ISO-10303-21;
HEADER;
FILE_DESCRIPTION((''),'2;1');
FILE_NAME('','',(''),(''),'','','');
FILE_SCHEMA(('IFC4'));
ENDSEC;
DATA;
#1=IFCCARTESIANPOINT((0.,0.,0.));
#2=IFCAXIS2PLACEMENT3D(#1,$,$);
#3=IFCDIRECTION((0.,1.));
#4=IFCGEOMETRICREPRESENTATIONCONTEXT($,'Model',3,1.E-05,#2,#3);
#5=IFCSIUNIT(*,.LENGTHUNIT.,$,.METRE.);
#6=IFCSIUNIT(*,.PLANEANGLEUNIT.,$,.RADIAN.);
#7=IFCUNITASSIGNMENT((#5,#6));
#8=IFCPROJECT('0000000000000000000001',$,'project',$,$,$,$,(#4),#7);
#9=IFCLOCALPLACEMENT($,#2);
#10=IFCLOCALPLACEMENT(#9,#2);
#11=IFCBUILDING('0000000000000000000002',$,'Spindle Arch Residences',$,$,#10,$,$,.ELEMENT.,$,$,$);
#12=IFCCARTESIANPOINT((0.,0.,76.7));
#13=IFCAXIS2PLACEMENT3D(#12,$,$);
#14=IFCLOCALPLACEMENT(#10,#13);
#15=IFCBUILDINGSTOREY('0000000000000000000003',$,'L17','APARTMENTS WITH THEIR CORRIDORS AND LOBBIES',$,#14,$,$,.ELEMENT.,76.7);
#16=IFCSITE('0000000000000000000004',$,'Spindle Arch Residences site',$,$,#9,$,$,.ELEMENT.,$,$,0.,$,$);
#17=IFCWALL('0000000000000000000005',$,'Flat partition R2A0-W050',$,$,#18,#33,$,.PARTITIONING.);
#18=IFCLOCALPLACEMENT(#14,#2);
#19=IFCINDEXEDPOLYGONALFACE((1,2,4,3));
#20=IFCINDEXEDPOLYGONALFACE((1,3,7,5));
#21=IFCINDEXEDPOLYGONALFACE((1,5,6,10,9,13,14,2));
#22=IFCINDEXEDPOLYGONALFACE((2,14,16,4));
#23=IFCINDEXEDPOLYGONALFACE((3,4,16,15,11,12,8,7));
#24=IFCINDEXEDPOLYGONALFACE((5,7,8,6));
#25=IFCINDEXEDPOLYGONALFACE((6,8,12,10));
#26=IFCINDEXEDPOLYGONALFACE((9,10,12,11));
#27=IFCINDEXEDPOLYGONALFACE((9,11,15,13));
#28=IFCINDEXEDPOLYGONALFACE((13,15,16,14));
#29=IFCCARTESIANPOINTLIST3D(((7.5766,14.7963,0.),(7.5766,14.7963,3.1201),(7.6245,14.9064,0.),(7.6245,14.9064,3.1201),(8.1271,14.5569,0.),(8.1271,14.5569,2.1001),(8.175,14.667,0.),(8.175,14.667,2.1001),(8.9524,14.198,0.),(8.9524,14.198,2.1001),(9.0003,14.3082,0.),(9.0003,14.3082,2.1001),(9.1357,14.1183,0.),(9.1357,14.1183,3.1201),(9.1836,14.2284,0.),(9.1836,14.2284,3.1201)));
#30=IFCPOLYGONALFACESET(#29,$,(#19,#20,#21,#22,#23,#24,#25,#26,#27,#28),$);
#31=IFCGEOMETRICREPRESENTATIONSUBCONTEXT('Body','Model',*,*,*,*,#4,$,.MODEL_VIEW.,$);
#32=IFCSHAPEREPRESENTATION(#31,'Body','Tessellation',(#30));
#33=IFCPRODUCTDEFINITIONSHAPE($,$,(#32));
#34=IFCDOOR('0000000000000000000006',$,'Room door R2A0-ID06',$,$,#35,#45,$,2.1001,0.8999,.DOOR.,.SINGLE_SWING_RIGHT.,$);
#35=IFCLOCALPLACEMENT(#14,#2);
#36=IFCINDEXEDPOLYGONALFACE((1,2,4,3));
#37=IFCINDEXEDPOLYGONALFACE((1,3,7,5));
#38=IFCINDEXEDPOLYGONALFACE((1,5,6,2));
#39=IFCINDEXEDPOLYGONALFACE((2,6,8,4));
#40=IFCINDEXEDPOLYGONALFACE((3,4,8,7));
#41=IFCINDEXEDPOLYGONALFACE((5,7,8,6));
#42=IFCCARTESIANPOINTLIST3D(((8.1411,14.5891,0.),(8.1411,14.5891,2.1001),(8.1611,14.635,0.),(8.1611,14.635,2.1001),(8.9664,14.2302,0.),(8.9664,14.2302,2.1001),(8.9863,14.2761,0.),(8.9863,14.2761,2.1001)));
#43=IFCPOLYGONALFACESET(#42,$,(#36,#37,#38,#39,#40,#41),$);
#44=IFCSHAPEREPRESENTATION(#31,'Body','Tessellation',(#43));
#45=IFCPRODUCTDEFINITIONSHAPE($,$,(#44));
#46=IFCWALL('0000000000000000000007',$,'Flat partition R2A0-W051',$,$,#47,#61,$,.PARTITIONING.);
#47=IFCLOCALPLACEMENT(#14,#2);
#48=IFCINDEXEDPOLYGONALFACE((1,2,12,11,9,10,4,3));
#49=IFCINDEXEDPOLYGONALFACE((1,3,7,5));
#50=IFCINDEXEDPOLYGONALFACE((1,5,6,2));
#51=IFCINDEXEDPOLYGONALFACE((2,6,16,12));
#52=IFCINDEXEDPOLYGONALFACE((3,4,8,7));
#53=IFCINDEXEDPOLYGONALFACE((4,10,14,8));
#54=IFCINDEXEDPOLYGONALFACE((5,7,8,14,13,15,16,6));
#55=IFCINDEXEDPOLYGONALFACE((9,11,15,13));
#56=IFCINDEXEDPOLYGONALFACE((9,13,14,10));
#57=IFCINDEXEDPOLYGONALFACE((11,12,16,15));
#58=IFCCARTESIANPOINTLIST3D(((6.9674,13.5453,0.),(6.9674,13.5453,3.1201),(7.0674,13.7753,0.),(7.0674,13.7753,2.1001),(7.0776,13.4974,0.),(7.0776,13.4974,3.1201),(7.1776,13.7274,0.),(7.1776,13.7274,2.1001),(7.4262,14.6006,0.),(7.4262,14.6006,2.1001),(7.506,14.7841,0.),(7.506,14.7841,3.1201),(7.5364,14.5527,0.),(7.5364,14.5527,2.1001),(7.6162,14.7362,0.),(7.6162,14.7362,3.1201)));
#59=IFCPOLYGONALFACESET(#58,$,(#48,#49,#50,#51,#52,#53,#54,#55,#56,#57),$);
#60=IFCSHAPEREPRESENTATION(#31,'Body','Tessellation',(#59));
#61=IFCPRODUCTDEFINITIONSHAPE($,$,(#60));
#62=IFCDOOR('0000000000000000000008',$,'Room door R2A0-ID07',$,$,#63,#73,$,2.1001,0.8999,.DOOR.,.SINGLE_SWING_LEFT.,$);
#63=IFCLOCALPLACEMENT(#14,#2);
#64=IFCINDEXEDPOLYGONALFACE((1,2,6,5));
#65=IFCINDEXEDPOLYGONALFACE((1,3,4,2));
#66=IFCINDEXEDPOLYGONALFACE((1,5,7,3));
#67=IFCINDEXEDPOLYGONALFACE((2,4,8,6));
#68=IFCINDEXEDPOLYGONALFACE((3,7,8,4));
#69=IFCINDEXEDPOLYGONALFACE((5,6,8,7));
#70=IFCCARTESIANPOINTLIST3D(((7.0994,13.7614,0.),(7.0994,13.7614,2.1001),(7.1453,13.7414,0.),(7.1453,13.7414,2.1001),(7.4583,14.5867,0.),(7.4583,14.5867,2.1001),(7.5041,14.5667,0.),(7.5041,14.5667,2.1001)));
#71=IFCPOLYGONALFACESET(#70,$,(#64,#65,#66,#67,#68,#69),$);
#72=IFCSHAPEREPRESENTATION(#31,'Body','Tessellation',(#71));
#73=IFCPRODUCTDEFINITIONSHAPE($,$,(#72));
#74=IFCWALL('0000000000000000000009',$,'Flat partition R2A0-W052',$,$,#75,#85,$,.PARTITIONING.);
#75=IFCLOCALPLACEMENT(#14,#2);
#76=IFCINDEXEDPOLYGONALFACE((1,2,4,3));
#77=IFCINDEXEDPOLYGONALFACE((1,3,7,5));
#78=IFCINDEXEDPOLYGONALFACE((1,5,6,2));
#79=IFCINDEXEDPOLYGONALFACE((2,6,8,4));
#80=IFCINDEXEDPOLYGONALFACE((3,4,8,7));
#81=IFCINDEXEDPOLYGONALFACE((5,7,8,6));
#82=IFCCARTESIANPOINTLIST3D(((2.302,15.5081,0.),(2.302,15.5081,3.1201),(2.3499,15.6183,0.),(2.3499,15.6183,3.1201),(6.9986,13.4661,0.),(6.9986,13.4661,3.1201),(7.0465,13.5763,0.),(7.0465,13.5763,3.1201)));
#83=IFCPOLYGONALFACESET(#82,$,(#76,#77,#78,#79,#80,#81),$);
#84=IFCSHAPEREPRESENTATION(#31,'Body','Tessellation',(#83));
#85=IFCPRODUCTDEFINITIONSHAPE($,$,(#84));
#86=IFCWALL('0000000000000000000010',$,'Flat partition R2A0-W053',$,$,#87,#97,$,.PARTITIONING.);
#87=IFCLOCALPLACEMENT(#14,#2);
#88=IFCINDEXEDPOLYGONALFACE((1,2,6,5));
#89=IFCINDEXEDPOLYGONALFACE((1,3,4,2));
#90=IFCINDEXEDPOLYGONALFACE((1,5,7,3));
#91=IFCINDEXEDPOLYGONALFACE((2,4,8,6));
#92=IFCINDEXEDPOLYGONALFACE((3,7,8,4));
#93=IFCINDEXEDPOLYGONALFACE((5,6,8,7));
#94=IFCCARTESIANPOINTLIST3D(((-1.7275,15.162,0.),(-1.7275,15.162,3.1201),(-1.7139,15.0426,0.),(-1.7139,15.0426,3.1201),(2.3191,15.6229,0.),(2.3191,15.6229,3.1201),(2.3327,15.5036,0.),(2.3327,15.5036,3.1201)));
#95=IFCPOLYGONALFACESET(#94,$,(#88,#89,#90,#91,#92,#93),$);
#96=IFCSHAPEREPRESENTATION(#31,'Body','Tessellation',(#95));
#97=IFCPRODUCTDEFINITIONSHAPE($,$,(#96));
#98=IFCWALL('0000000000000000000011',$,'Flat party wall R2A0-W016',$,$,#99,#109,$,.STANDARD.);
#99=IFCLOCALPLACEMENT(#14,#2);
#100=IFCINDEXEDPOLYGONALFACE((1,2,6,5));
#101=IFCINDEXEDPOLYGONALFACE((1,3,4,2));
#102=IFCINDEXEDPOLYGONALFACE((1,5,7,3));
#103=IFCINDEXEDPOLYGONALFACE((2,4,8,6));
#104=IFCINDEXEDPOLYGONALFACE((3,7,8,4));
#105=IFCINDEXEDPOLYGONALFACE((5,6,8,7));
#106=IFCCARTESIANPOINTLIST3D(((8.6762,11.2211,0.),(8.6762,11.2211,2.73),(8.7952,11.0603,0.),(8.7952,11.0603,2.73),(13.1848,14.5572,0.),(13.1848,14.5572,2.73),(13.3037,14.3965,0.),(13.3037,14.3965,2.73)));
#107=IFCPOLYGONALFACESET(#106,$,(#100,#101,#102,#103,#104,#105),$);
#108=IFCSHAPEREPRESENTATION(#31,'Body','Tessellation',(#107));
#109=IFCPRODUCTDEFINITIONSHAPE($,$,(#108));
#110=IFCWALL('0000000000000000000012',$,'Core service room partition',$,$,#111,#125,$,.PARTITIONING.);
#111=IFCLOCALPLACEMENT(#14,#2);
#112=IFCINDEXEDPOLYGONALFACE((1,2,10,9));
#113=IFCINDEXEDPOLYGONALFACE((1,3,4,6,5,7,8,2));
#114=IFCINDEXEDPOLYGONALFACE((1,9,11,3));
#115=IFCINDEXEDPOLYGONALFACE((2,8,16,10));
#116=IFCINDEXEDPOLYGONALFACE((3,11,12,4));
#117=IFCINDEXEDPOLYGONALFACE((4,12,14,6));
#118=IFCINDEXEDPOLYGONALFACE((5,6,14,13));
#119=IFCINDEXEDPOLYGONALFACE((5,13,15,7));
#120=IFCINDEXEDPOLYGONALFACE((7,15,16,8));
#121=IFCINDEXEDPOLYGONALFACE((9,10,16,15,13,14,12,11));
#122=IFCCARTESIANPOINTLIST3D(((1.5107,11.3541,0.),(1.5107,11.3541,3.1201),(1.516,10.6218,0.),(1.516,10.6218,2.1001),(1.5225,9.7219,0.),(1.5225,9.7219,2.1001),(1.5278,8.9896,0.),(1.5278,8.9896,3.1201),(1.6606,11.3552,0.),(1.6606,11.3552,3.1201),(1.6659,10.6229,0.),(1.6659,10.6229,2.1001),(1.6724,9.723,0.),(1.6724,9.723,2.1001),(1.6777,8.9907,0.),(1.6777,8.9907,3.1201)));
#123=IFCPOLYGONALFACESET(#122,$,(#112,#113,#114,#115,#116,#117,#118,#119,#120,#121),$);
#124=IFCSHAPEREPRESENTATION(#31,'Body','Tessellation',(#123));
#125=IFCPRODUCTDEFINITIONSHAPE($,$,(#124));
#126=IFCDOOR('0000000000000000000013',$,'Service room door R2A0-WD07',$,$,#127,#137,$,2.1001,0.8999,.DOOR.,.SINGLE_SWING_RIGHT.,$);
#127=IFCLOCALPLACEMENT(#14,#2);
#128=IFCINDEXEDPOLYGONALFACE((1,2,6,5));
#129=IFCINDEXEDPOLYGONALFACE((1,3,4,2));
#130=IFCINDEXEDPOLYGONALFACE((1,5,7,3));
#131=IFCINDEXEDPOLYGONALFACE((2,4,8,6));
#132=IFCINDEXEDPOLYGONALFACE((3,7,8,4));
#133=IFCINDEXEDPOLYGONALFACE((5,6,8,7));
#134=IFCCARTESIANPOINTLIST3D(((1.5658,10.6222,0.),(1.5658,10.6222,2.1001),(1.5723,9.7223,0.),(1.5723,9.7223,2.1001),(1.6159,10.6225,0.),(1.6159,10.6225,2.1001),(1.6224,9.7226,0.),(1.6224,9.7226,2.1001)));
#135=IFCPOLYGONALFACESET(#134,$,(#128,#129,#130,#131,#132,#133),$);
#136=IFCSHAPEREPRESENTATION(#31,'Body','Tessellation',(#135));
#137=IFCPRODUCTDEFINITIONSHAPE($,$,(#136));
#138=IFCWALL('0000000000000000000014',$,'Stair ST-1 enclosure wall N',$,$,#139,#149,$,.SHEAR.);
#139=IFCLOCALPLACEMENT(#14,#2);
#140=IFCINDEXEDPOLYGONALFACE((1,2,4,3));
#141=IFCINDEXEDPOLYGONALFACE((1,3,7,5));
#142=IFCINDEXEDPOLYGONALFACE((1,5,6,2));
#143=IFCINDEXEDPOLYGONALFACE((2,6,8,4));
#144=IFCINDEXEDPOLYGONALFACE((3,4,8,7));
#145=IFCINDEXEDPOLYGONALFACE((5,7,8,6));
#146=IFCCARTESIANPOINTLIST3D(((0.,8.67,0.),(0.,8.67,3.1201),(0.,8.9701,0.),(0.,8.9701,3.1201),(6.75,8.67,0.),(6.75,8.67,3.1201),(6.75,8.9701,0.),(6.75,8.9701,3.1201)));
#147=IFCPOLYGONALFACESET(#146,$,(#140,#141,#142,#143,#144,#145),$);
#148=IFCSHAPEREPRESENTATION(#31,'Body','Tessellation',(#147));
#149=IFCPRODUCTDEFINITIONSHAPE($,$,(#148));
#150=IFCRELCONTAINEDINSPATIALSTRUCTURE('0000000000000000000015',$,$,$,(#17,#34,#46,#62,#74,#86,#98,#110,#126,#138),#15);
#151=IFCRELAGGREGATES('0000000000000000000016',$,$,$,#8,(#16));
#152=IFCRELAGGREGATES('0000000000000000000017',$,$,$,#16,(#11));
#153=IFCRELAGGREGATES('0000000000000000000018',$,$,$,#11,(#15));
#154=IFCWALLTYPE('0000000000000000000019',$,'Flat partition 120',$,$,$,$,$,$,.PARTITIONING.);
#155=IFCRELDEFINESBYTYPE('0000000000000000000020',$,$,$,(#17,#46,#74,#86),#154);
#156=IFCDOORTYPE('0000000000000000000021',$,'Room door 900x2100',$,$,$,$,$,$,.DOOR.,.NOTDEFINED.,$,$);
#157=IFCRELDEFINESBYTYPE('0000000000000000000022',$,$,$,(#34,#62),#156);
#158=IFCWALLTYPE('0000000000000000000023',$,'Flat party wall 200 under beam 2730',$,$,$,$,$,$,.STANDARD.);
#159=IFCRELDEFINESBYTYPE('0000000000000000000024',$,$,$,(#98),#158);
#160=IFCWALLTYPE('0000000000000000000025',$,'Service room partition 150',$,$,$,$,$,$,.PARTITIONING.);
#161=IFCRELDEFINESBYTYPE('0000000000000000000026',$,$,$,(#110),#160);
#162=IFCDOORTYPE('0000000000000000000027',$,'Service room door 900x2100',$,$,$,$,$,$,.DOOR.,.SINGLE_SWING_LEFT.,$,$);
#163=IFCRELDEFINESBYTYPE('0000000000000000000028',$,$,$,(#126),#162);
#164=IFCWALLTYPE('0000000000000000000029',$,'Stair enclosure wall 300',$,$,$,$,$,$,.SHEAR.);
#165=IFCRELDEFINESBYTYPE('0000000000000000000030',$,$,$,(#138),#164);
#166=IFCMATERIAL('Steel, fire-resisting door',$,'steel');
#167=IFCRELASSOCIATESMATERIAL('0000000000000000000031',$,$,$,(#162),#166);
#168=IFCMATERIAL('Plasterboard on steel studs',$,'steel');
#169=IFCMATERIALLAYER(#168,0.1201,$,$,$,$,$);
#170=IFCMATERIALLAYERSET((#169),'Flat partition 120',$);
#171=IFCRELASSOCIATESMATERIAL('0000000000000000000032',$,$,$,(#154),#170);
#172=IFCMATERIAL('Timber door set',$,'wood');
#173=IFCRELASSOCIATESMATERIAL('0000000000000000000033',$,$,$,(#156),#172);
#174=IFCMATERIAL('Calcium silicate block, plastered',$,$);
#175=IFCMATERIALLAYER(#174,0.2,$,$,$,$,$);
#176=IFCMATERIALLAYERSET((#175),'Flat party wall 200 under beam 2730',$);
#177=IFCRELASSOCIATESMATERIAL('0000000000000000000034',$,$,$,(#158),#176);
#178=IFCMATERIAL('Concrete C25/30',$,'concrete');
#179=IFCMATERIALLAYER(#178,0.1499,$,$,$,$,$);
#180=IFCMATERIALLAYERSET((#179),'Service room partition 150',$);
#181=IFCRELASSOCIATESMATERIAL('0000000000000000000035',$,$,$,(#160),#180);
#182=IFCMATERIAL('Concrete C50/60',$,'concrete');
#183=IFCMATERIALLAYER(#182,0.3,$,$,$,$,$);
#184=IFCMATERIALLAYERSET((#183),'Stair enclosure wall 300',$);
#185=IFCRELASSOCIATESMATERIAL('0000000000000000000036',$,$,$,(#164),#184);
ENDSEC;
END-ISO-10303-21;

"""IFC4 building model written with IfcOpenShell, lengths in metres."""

from ifc_helpers import new_model, si_unit, direction, frame, frame_2d, origin, place, context, subcontext, project, spatial, rectangle, extrude, material, layer, layer_set, type_object, element, fill, save


model = new_model("IFC4")

# Units and contexts
model_context = context("Model", 3, precision=1e-05, world=origin(), true_north=direction((0.0, 1.0)))
body_context = subcontext(model_context, "Body", "Model", "MODEL_VIEW")
ifc_project = project(units=[si_unit("LENGTHUNIT", "METRE"), si_unit("PLANEANGLEUNIT", "RADIAN")], contexts=[model_context])

# Site, building, storey
site_placement = place(None, origin())
site = spatial("IfcSite", under=ifc_project, at=site_placement, Name="Spindle Arch Residences site", CompositionType="ELEMENT", RefElevation=0.0)
building_placement = place(site_placement, origin())
building = spatial("IfcBuilding", under=site, at=building_placement, Name="Spindle Arch Residences", CompositionType="ELEMENT")
storey_placement = place(building_placement, frame((0.0, 0.0, 76.7)))
storey = spatial("IfcBuildingStorey", under=building, at=storey_placement, Name="L17", Description="APARTMENTS WITH THEIR CORRIDORS AND LOBBIES", CompositionType="ELEMENT", Elevation=76.7)

# Shared definitions
ifc_material_1 = material(Name="Steel, fire-resisting door", Category="steel")
door_type_1 = type_object("IfcDoorType", Name="Service room door 900x2100", OperationType="SINGLE_SWING_LEFT", PredefinedType="DOOR", material=ifc_material_1)

# Shared definitions
ifc_material_2 = material(Name="Plasterboard on steel studs", Category="steel")
ifc_layer_1 = layer(ifc_material_2, 0.1201)
ifc_layer_set_1 = layer_set([ifc_layer_1], Name="Flat partition 120")
wall_type_1 = type_object("IfcWallType", Name="Flat partition 120", PredefinedType="PARTITIONING", material=ifc_layer_set_1)

# Walls, openings, doors
wall_1_placement = place(storey_placement, frame((9.1597, 14.1733, 0.0), z_axis=(0.0, 0.0, 1.0), x_axis=(-0.917045, 0.398784, 0.0)))
wall_1 = element("IfcWall", 1, at=wall_1_placement, inside=storey, type_object=wall_type_1, Name="Flat partition R2A0-W050", PredefinedType="PARTITIONING", context=body_context, shape_type="SweptSolid", body=[
    extrude(rectangle(XDim=1.7002, YDim=0.1201, at=frame_2d((0.8501, 0.0))), origin(), (0.0, 0.0, 1.0), 3.1201),
])
opening_1_placement = place(wall_1_placement, frame((0.2, 0.0, 0.0)))
opening_1 = element("IfcOpeningElement", 2, at=opening_1_placement, cuts=wall_1, PredefinedType="OPENING", context=body_context, shape_type="SweptSolid", body=[
    extrude(rectangle(XDim=0.8999, YDim=2.1001, at=frame_2d((0.45, 1.05))), frame((0.0, 0.0701, 0.0), z_axis=(0.0, -1.0, 0.0), x_axis=(1.0, 0.0, 0.0)), (0.0, 0.0, 1.0), 0.1401),
])
ifc_material_3 = material(Name="Timber door set", Category="wood")
door_type_2 = type_object("IfcDoorType", Name="Room door 900x2100", OperationType="NOTDEFINED", PredefinedType="DOOR", material=ifc_material_3)
door_1_placement = place(opening_1_placement, origin())
door_1 = element("IfcDoor", 3, at=door_1_placement, inside=storey, type_object=door_type_2, Name="Room door R2A0-ID06", OperationType="SINGLE_SWING_RIGHT", OverallHeight=2.1001, OverallWidth=0.8999, PredefinedType="DOOR", context=body_context, shape_type="SweptSolid", body=[
    extrude(rectangle(XDim=0.8999, YDim=2.1001, at=frame_2d((0.45, 1.05))), frame((0.0, 0.0249, 0.0), z_axis=(0.0, -1.0, 0.0), x_axis=(1.0, 0.0, 0.0)), (0.0, 0.0, 1.0), 0.05),
])
fill(opening_1, door_1)
wall_2_placement = place(storey_placement, frame((7.561, 14.76, 0.0), z_axis=(0.0, 0.0, 1.0), x_axis=(-0.398713, -0.917076, 0.0)))
wall_2 = element("IfcWall", 4, at=wall_2_placement, inside=storey, type_object=wall_type_1, Name="Flat partition R2A0-W051", PredefinedType="PARTITIONING", context=body_context, shape_type="SweptSolid", body=[
    extrude(rectangle(XDim=1.3508, YDim=0.1201, at=frame_2d((0.6753, 0.0))), origin(), (0.0, 0.0, 1.0), 3.1201),
])
opening_2_placement = place(wall_2_placement, frame((0.2, 0.0, 0.0)))
opening_2 = element("IfcOpeningElement", 5, at=opening_2_placement, cuts=wall_2, PredefinedType="OPENING", context=body_context, shape_type="SweptSolid", body=[
    extrude(rectangle(XDim=0.8999, YDim=2.1001, at=frame_2d((0.45, 1.05))), frame((0.0, 0.0701, 0.0), z_axis=(0.0, -1.0, 0.0), x_axis=(1.0, 0.0, 0.0)), (0.0, 0.0, 1.0), 0.1401),
])
door_2_placement = place(opening_2_placement, origin())
door_2 = element("IfcDoor", 6, at=door_2_placement, inside=storey, type_object=door_type_2, Name="Room door R2A0-ID07", OperationType="SINGLE_SWING_LEFT", OverallHeight=2.1001, OverallWidth=0.8999, PredefinedType="DOOR", context=body_context, shape_type="SweptSolid", body=[
    extrude(rectangle(XDim=0.8999, YDim=2.1001, at=frame_2d((0.45, 1.05))), frame((0.0, 0.0249, 0.0), z_axis=(0.0, -1.0, 0.0), x_axis=(1.0, 0.0, 0.0)), (0.0, 0.0, 1.0), 0.05),
])
fill(opening_2, door_2)

# Walls
wall_3_placement = place(storey_placement, frame((7.0225, 13.5212, 0.0), z_axis=(0.0, 0.0, 1.0), x_axis=(-0.917069, 0.39873, 0.0)))
element("IfcWall", 7, at=wall_3_placement, inside=storey, type_object=wall_type_1, Name="Flat partition R2A0-W052", PredefinedType="PARTITIONING", context=body_context, shape_type="SweptSolid", body=[
    extrude(rectangle(XDim=5.1213, YDim=0.1201, at=frame_2d((2.5605, 0.0))), origin(), (0.0, 0.0, 1.0), 3.1201),
])
wall_4_placement = place(storey_placement, frame((2.3259, 15.5632, 0.0), z_axis=(0.0, 0.0, 1.0), x_axis=(-0.993575, -0.113175, 0.0)))
element("IfcWall", 8, at=wall_4_placement, inside=storey, type_object=wall_type_1, Name="Flat partition R2A0-W053", PredefinedType="PARTITIONING", context=body_context, shape_type="SweptSolid", body=[
    extrude(rectangle(XDim=4.0728, YDim=0.1201, at=frame_2d((2.0364, 0.0))), origin(), (0.0, 0.0, 1.0), 3.1201),
])
ifc_material_4 = material(Name="Calcium silicate block, plastered")
ifc_layer_2 = layer(ifc_material_4, 0.2)
ifc_layer_set_2 = layer_set([ifc_layer_2], Name="Flat party wall 200 under beam 2730")
wall_type_2 = type_object("IfcWallType", Name="Flat party wall 200 under beam 2730", PredefinedType="STANDARD", material=ifc_layer_set_2)
wall_5_placement = place(storey_placement, frame((13.2441, 14.4768, 0.0), z_axis=(0.0, 0.0, 1.0), x_axis=(-0.803854, -0.594827, 0.0)))
element("IfcWall", 9, at=wall_5_placement, inside=storey, type_object=wall_type_2, Name="Flat party wall R2A0-W016", PredefinedType="STANDARD", context=body_context, shape_type="SweptSolid", body=[
    extrude(rectangle(XDim=5.6086, YDim=0.2, at=frame_2d((2.8042, 0.0))), origin(), (0.0, 0.0, 1.0), 2.73),
])

# Wall, opening, door
ifc_material_5 = material(Name="Concrete C25/30", Category="concrete")
ifc_layer_3 = layer(ifc_material_5, 0.1499)
ifc_layer_set_3 = layer_set([ifc_layer_3], Name="Service room partition 150")
wall_type_3 = type_object("IfcWallType", Name="Service room partition 150", PredefinedType="PARTITIONING", material=ifc_layer_set_3)
wall_6_placement = place(storey_placement, frame((1.5857, 11.3545, 0.0), z_axis=(0.0, 0.0, 1.0), x_axis=(0.007227, -0.999974, 0.0)))
wall_6 = element("IfcWall", 10, at=wall_6_placement, inside=storey, type_object=wall_type_3, Name="Core service room partition", PredefinedType="PARTITIONING", context=body_context, shape_type="SweptSolid", body=[
    extrude(rectangle(XDim=2.3645, YDim=0.1499, at=frame_2d((1.1821, 0.0))), origin(), (0.0, 0.0, 1.0), 3.1201),
])
opening_3_placement = place(wall_6_placement, frame((0.7322, 0.0, 0.0)))
opening_3 = element("IfcOpeningElement", 11, at=opening_3_placement, cuts=wall_6, PredefinedType="OPENING", context=body_context, shape_type="SweptSolid", body=[
    extrude(rectangle(XDim=0.8999, YDim=2.1001, at=frame_2d((0.45, 1.05))), frame((0.0, 0.085, 0.0), z_axis=(0.0, -1.0, 0.0), x_axis=(1.0, 0.0, 0.0)), (0.0, 0.0, 1.0), 0.1699),
])
door_3_placement = place(opening_3_placement, origin())
door_3 = element("IfcDoor", 12, at=door_3_placement, inside=storey, type_object=door_type_1, Name="Service room door R2A0-WD07", OperationType="SINGLE_SWING_RIGHT", OverallHeight=2.1001, OverallWidth=0.8999, PredefinedType="DOOR", context=body_context, shape_type="SweptSolid", body=[
    extrude(rectangle(XDim=0.8999, YDim=2.1001, at=frame_2d((0.45, 1.05))), frame((0.0, 0.0249, 0.0), z_axis=(0.0, -1.0, 0.0), x_axis=(1.0, 0.0, 0.0)), (0.0, 0.0, 1.0), 0.05),
])
fill(opening_3, door_3)

# Wall
ifc_material_6 = material(Name="Concrete C50/60", Category="concrete")
ifc_layer_4 = layer(ifc_material_6, 0.3)
ifc_layer_set_4 = layer_set([ifc_layer_4], Name="Stair enclosure wall 300")
wall_type_4 = type_object("IfcWallType", Name="Stair enclosure wall 300", PredefinedType="SHEAR", material=ifc_layer_set_4)
wall_7_placement = place(storey_placement, frame((0.0, 8.8201, 0.0), z_axis=(0.0, 0.0, 1.0), x_axis=(1.0, 0.0, 0.0)))
element("IfcWall", 13, at=wall_7_placement, inside=storey, type_object=wall_type_4, Name="Stair ST-1 enclosure wall N", PredefinedType="SHEAR", context=body_context, shape_type="SweptSolid", body=[
    extrude(rectangle(XDim=6.75, YDim=0.3, at=frame_2d((3.375, 0.0))), origin(), (0.0, 0.0, 1.0), 3.1201),
])

save(model, "model.ifc")
